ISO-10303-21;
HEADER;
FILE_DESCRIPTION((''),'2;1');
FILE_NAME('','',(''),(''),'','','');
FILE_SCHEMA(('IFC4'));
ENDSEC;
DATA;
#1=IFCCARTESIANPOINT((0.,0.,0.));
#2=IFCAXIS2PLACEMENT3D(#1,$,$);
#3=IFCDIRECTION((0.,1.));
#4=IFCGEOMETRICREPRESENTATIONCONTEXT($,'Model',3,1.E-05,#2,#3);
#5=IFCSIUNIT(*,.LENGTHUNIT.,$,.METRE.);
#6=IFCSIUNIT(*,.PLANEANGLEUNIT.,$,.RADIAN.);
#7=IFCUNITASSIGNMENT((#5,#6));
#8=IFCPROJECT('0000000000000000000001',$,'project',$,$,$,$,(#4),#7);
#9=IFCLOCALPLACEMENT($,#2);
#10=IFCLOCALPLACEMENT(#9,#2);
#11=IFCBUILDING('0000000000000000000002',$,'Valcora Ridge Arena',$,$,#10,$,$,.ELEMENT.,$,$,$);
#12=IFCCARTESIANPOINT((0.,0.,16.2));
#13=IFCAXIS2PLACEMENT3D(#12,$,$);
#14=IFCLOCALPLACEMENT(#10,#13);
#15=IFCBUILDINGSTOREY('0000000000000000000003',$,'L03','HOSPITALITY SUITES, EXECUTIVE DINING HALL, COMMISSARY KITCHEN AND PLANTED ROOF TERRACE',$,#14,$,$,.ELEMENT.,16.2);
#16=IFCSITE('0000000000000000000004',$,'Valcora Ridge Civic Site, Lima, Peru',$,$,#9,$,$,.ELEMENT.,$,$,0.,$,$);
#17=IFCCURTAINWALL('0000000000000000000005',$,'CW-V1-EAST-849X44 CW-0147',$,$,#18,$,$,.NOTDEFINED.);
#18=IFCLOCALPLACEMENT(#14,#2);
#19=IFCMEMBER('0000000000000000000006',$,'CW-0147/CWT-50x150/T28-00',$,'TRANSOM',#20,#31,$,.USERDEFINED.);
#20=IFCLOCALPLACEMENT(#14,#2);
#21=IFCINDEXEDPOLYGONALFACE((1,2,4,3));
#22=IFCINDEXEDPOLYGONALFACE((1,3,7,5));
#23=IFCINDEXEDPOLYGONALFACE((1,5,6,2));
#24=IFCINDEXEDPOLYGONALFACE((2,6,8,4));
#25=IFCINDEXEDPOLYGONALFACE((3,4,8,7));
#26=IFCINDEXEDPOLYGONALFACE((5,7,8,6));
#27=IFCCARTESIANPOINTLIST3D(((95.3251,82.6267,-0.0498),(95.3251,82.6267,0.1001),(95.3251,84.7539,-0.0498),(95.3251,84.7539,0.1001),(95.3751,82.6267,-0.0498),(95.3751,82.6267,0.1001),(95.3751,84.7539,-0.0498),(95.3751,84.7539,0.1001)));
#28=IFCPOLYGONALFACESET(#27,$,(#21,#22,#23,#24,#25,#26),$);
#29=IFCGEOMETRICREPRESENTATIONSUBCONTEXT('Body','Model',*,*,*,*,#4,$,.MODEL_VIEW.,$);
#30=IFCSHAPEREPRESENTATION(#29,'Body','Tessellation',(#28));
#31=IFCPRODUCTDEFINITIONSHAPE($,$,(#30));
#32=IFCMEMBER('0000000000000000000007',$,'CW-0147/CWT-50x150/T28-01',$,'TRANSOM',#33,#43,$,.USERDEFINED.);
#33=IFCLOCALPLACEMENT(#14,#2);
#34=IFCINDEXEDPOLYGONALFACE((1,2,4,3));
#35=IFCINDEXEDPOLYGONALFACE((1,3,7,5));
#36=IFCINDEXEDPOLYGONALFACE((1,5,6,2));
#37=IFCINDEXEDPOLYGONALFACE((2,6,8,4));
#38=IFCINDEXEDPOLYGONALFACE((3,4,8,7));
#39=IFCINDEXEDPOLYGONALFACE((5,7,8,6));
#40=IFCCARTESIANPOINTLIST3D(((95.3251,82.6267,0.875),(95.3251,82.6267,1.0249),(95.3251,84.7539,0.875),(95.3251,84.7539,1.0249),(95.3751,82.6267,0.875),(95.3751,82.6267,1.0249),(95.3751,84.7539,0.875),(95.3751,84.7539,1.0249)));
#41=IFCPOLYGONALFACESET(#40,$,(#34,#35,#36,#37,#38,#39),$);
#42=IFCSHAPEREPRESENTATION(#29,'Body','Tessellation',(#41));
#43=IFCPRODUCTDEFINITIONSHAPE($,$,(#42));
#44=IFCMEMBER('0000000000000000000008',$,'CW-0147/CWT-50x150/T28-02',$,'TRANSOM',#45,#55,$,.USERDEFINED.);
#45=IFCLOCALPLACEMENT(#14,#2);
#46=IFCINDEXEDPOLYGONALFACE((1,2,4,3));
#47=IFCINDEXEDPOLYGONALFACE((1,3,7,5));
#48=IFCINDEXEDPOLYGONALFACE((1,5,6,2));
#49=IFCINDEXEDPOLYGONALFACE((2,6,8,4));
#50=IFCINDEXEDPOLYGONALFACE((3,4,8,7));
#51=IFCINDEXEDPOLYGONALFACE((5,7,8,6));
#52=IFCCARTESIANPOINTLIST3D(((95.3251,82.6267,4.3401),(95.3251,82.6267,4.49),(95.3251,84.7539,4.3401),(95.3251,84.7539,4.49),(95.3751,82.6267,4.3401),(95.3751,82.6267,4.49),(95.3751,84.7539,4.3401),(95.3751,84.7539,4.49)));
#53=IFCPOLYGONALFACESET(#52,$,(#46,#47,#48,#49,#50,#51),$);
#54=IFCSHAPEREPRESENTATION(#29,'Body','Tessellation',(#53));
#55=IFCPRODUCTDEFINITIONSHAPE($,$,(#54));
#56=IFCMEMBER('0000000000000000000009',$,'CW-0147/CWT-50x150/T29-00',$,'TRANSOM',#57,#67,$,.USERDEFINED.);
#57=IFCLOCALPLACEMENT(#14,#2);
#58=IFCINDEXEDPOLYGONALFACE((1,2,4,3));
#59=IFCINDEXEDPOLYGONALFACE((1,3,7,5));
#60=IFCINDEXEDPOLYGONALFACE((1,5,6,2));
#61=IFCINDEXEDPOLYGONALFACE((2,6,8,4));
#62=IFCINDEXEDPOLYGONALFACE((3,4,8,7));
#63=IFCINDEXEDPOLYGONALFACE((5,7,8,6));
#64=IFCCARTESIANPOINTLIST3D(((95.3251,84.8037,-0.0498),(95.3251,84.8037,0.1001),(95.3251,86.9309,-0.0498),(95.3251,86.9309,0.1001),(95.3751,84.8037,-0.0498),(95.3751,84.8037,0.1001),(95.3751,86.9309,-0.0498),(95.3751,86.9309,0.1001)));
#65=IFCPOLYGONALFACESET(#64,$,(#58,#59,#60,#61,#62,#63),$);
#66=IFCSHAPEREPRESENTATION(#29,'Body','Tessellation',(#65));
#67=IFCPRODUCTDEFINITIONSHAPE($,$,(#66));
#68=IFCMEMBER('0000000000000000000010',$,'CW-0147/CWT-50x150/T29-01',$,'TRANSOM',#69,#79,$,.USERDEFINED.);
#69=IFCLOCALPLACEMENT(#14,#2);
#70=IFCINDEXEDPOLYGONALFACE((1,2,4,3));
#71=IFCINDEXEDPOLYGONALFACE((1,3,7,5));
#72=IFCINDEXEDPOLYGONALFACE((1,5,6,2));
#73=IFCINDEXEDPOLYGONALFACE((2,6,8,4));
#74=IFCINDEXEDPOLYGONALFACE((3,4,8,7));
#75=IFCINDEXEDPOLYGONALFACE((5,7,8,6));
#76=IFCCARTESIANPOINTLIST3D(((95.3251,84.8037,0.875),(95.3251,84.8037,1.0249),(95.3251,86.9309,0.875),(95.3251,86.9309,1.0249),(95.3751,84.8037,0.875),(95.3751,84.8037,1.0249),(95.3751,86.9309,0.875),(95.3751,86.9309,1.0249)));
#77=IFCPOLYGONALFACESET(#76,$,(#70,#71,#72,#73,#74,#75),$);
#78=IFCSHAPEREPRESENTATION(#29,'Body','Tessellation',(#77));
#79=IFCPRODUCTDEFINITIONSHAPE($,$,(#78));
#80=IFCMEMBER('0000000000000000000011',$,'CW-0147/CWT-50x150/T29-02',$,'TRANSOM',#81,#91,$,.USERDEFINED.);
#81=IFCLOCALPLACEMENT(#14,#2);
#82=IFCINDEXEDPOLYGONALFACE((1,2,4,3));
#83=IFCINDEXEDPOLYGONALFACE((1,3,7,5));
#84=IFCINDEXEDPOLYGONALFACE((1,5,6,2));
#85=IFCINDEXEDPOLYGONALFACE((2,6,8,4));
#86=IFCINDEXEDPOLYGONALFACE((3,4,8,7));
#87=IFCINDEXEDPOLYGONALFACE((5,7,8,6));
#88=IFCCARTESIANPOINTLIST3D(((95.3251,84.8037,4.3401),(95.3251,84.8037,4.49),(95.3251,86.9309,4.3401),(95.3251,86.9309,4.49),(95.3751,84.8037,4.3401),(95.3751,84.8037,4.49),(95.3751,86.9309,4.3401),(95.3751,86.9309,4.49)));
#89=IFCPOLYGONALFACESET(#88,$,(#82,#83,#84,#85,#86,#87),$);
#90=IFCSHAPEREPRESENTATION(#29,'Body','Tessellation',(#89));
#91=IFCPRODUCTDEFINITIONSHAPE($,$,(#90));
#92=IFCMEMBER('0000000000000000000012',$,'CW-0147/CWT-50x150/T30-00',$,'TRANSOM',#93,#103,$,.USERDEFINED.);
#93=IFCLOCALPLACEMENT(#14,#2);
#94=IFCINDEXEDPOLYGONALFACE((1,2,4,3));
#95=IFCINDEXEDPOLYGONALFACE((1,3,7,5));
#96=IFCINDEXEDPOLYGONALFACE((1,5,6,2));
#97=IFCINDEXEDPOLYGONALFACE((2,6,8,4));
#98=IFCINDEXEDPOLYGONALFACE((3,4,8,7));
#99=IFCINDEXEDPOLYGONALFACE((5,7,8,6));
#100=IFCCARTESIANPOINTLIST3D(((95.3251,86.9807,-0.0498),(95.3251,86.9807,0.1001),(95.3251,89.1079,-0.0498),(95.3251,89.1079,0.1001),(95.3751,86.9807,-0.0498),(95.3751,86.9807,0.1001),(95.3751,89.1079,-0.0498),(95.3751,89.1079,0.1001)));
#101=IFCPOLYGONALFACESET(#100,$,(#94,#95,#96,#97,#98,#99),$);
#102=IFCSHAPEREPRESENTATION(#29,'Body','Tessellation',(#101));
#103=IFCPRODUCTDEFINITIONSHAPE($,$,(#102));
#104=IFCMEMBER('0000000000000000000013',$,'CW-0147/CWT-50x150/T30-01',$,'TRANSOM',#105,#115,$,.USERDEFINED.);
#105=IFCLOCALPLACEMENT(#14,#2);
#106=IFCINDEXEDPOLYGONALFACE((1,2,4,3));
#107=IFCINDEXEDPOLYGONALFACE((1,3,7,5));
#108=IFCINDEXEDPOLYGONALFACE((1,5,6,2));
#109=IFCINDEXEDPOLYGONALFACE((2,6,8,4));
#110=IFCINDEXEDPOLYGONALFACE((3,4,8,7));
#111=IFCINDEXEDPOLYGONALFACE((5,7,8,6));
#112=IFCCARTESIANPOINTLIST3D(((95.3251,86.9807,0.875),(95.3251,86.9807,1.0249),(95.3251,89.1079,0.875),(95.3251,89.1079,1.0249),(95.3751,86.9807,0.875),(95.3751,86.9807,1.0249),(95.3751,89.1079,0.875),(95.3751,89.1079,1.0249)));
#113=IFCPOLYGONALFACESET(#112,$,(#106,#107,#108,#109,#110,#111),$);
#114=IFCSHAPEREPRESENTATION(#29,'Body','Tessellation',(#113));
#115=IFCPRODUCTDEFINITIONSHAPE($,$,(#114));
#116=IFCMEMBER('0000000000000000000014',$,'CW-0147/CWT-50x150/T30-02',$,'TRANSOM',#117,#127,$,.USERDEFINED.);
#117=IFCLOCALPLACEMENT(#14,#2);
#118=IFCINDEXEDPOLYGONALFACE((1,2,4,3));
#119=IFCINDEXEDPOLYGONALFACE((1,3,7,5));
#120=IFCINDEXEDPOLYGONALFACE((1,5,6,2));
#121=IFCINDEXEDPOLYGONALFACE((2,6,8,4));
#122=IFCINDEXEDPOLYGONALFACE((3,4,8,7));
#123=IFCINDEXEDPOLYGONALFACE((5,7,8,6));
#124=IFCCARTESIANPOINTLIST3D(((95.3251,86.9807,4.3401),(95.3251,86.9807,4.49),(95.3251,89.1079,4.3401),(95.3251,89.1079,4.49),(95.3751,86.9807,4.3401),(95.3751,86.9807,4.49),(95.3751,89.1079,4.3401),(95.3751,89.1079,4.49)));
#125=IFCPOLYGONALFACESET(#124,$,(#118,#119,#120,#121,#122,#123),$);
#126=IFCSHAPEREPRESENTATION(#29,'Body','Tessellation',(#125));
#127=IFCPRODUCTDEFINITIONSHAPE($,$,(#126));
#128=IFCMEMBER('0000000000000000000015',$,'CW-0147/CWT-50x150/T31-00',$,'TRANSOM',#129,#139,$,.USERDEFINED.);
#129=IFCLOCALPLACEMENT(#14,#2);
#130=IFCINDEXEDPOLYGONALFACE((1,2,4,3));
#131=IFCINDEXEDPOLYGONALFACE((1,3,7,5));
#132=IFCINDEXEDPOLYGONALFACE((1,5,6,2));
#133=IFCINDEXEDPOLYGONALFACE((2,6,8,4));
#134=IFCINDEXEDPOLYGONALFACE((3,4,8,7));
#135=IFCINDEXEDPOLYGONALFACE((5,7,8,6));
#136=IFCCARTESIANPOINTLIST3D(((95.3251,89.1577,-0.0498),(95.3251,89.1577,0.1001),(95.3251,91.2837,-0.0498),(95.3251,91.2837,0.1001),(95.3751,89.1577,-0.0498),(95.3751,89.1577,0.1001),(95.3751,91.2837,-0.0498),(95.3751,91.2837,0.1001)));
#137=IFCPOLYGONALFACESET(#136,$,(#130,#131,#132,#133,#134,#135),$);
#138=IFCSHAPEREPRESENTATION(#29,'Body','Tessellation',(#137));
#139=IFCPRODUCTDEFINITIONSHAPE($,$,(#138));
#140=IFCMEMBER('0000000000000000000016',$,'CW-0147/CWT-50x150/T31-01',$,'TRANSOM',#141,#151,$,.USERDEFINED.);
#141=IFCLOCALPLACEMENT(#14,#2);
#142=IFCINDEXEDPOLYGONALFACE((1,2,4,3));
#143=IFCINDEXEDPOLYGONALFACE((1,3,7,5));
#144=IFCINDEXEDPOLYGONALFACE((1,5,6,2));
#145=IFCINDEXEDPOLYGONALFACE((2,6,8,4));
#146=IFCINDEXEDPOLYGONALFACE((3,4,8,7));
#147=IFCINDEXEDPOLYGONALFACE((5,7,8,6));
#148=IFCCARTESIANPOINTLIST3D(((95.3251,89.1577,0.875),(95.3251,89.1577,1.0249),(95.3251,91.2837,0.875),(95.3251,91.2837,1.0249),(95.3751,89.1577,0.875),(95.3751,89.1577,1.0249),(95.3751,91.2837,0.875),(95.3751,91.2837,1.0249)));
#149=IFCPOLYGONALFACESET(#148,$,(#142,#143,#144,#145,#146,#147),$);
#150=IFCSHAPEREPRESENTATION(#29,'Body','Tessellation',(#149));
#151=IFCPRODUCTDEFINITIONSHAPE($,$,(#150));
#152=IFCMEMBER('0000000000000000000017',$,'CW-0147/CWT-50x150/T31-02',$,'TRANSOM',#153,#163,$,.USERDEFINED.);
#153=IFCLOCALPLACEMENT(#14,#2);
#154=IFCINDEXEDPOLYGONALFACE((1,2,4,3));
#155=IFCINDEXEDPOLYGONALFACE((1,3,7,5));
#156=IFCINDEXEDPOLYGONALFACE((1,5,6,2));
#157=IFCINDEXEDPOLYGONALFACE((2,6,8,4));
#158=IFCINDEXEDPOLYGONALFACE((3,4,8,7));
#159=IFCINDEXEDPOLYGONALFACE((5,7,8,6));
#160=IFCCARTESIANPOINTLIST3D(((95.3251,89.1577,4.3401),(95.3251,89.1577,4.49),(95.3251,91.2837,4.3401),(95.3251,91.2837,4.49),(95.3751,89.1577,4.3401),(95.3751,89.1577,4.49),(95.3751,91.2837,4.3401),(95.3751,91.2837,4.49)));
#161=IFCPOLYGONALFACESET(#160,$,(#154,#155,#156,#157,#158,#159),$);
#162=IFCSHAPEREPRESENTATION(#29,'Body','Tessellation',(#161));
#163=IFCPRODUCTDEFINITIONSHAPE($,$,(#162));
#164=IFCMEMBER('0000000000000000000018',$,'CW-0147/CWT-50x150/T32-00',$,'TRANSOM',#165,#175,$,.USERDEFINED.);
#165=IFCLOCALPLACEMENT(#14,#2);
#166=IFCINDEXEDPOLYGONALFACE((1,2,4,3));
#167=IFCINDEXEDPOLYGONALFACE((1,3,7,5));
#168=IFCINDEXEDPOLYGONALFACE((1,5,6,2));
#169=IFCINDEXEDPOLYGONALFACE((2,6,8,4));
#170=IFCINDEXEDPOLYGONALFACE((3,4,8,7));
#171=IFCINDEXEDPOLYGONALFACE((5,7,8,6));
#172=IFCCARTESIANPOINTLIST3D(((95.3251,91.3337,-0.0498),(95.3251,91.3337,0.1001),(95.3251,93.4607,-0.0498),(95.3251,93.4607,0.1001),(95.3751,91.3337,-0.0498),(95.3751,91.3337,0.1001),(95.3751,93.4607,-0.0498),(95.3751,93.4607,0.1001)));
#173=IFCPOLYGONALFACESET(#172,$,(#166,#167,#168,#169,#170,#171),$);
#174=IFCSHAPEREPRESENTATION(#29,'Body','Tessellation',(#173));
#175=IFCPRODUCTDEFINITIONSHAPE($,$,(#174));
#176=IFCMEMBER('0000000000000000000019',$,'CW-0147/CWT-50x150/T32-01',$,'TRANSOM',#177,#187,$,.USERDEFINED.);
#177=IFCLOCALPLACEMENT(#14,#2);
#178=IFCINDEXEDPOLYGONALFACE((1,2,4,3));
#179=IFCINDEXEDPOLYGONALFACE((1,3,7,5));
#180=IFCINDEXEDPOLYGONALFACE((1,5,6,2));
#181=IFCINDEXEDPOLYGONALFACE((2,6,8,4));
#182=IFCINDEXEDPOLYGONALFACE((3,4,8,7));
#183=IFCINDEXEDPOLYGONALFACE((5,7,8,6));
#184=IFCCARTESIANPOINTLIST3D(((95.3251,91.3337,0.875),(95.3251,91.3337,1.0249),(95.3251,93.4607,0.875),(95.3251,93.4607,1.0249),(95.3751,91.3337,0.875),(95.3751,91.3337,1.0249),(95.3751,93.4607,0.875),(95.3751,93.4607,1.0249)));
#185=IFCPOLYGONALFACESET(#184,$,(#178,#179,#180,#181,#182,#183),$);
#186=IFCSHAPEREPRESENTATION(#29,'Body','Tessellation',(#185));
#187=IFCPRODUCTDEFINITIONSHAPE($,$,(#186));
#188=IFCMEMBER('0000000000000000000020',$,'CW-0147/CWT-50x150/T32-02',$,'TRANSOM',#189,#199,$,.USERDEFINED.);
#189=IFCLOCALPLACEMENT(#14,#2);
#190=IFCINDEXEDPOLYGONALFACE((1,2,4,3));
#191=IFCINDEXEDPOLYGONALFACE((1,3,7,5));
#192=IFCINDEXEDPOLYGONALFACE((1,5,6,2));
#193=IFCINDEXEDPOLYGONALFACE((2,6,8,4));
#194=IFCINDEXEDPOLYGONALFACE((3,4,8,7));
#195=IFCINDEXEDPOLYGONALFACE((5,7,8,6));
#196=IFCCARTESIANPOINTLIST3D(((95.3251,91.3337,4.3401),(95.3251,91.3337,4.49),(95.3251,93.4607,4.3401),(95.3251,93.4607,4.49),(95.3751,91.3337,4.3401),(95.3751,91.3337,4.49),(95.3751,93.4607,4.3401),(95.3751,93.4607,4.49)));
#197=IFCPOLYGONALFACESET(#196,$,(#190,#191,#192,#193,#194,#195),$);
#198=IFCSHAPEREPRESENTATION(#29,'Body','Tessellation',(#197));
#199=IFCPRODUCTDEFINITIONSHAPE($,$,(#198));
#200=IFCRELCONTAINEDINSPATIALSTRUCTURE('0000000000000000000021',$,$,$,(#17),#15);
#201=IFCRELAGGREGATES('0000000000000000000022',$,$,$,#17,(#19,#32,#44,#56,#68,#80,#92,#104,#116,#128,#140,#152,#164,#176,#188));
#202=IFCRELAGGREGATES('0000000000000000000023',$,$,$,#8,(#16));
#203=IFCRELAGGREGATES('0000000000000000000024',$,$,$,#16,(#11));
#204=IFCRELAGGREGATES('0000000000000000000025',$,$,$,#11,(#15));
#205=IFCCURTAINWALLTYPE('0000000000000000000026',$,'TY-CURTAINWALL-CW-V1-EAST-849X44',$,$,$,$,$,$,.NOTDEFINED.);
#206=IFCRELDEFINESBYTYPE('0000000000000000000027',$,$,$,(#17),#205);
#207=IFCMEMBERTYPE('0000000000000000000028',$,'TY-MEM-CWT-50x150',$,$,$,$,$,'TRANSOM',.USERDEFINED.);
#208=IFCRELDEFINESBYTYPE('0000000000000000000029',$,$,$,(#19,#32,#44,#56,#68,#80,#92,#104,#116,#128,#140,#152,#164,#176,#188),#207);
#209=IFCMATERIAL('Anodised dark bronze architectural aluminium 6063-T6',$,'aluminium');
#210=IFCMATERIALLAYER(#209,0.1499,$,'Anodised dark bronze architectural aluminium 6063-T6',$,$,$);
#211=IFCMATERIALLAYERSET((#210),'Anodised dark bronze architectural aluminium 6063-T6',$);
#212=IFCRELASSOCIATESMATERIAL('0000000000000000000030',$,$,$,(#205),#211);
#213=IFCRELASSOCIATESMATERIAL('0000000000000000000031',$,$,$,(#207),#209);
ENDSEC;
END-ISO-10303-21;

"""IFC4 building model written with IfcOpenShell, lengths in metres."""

from ifc_helpers import new_model, si_unit, direction, frame, origin, origin_2d, place, context, subcontext, project, spatial, rectangle, extrude, material, layer, layer_set, material_profile, profile_set, type_object, element, aggregate, save


model = new_model("IFC4")

# Units and contexts
model_context = context("Model", 3, precision=1e-05, world=origin(), true_north=direction((0.0, 1.0)))
body_context = subcontext(model_context, "Body", "Model", "MODEL_VIEW")
ifc_project = project(units=[si_unit("LENGTHUNIT", "METRE"), si_unit("PLANEANGLEUNIT", "RADIAN")], contexts=[model_context])

# Site, building, storey
site_placement = place(None, origin())
site = spatial("IfcSite", under=ifc_project, at=site_placement, Name="Valcora Ridge Civic Site, Lima, Peru", CompositionType="ELEMENT", RefElevation=0.0)
building_placement = place(site_placement, origin())
building = spatial("IfcBuilding", under=site, at=building_placement, Name="Valcora Ridge Arena", CompositionType="ELEMENT")
storey_placement = place(building_placement, frame((0.0, 0.0, 16.2)))
storey = spatial("IfcBuildingStorey", under=building, at=storey_placement, Name="L03", Description="HOSPITALITY SUITES, EXECUTIVE DINING HALL, COMMISSARY KITCHEN AND PLANTED ROOF TERRACE", CompositionType="ELEMENT", Elevation=16.2)

# Curtain wall, members
ifc_material_1 = material(Name="Anodised dark bronze architectural aluminium 6063-T6", Category="aluminium")
ifc_layer_1 = layer(ifc_material_1, 0.1499, Name="Anodised dark bronze architectural aluminium 6063-T6")
ifc_layer_set_1 = layer_set([ifc_layer_1], Name="Anodised dark bronze architectural aluminium 6063-T6")
curtain_wall_type = type_object("IfcCurtainWallType", Name="TY-CURTAINWALL-CW-V1-EAST-849X44", PredefinedType="NOTDEFINED", material=ifc_layer_set_1)
curtain_wall_placement = place(storey_placement, origin())
curtain_wall = element("IfcCurtainWall", 1, at=curtain_wall_placement, inside=storey, type_object=curtain_wall_type, Name="CW-V1-EAST-849X44 CW-0147", PredefinedType="NOTDEFINED")
ifc_material_profile_1 = material_profile(ifc_material_1, rectangle(XDim=0.05, YDim=0.1499, at=origin_2d()), Name="ALU TRANSOM 50x150")
ifc_profile_set_1 = profile_set([ifc_material_profile_1], Name="Anodised dark bronze architectural aluminium 6063-T6")
member_type_1 = type_object("IfcMemberType", Name="TY-MEM-CWT-50x150", ElementType="TRANSOM", PredefinedType="USERDEFINED", material=ifc_profile_set_1)
member_1_placement = place(storey_placement, frame((95.3501, 82.6267, 0.0251), z_axis=(0.0, 1.0, 0.0), x_axis=(-1.0, 0.0, 0.0)))
member_1 = element("IfcMember", 2, at=member_1_placement, type_object=member_type_1, Name="CW-0147/CWT-50x150/T28-00", ObjectType="TRANSOM", PredefinedType="USERDEFINED", context=body_context, shape_type="SweptSolid", body=[
    extrude(rectangle(XDim=0.05, YDim=0.1499, at=origin_2d()), origin(), (0.0, 0.0, 1.0), 2.1272),
])
member_2_placement = place(storey_placement, frame((95.3501, 82.6267, 0.95), z_axis=(0.0, 1.0, 0.0), x_axis=(-1.0, 0.0, 0.0)))
member_2 = element("IfcMember", 3, at=member_2_placement, type_object=member_type_1, Name="CW-0147/CWT-50x150/T28-01", ObjectType="TRANSOM", PredefinedType="USERDEFINED", context=body_context, shape_type="SweptSolid", body=[
    extrude(rectangle(XDim=0.05, YDim=0.1499, at=origin_2d()), origin(), (0.0, 0.0, 1.0), 2.1272),
])
member_3_placement = place(storey_placement, frame((95.3501, 82.6267, 4.415), z_axis=(0.0, 1.0, 0.0), x_axis=(-1.0, 0.0, 0.0)))
member_3 = element("IfcMember", 4, at=member_3_placement, type_object=member_type_1, Name="CW-0147/CWT-50x150/T28-02", ObjectType="TRANSOM", PredefinedType="USERDEFINED", context=body_context, shape_type="SweptSolid", body=[
    extrude(rectangle(XDim=0.05, YDim=0.1499, at=origin_2d()), origin(), (0.0, 0.0, 1.0), 2.1272),
])
member_4_placement = place(storey_placement, frame((95.3501, 84.8037, 0.0251), z_axis=(0.0, 1.0, 0.0), x_axis=(-1.0, 0.0, 0.0)))
member_4 = element("IfcMember", 5, at=member_4_placement, type_object=member_type_1, Name="CW-0147/CWT-50x150/T29-00", ObjectType="TRANSOM", PredefinedType="USERDEFINED", context=body_context, shape_type="SweptSolid", body=[
    extrude(rectangle(XDim=0.05, YDim=0.1499, at=origin_2d()), origin(), (0.0, 0.0, 1.0), 2.1272),
])
member_5_placement = place(storey_placement, frame((95.3501, 84.8037, 0.95), z_axis=(0.0, 1.0, 0.0), x_axis=(-1.0, 0.0, 0.0)))
member_5 = element("IfcMember", 6, at=member_5_placement, type_object=member_type_1, Name="CW-0147/CWT-50x150/T29-01", ObjectType="TRANSOM", PredefinedType="USERDEFINED", context=body_context, shape_type="SweptSolid", body=[
    extrude(rectangle(XDim=0.05, YDim=0.1499, at=origin_2d()), origin(), (0.0, 0.0, 1.0), 2.1272),
])
member_6_placement = place(storey_placement, frame((95.3501, 84.8037, 4.415), z_axis=(0.0, 1.0, 0.0), x_axis=(-1.0, 0.0, 0.0)))
member_6 = element("IfcMember", 7, at=member_6_placement, type_object=member_type_1, Name="CW-0147/CWT-50x150/T29-02", ObjectType="TRANSOM", PredefinedType="USERDEFINED", context=body_context, shape_type="SweptSolid", body=[
    extrude(rectangle(XDim=0.05, YDim=0.1499, at=origin_2d()), origin(), (0.0, 0.0, 1.0), 2.1272),
])
member_7_placement = place(storey_placement, frame((95.3501, 86.9807, 0.0251), z_axis=(0.0, 1.0, 0.0), x_axis=(-1.0, 0.0, 0.0)))
member_7 = element("IfcMember", 8, at=member_7_placement, type_object=member_type_1, Name="CW-0147/CWT-50x150/T30-00", ObjectType="TRANSOM", PredefinedType="USERDEFINED", context=body_context, shape_type="SweptSolid", body=[
    extrude(rectangle(XDim=0.05, YDim=0.1499, at=origin_2d()), origin(), (0.0, 0.0, 1.0), 2.1272),
])
member_8_placement = place(storey_placement, frame((95.3501, 86.9807, 0.95), z_axis=(0.0, 1.0, 0.0), x_axis=(-1.0, 0.0, 0.0)))
member_8 = element("IfcMember", 9, at=member_8_placement, type_object=member_type_1, Name="CW-0147/CWT-50x150/T30-01", ObjectType="TRANSOM", PredefinedType="USERDEFINED", context=body_context, shape_type="SweptSolid", body=[
    extrude(rectangle(XDim=0.05, YDim=0.1499, at=origin_2d()), origin(), (0.0, 0.0, 1.0), 2.1272),
])
member_9_placement = place(storey_placement, frame((95.3501, 86.9807, 4.415), z_axis=(0.0, 1.0, 0.0), x_axis=(-1.0, 0.0, 0.0)))
member_9 = element("IfcMember", 10, at=member_9_placement, type_object=member_type_1, Name="CW-0147/CWT-50x150/T30-02", ObjectType="TRANSOM", PredefinedType="USERDEFINED", context=body_context, shape_type="SweptSolid", body=[
    extrude(rectangle(XDim=0.05, YDim=0.1499, at=origin_2d()), origin(), (0.0, 0.0, 1.0), 2.1272),
])
member_10_placement = place(storey_placement, frame((95.3501, 89.1577, 0.0251), z_axis=(0.0, 1.0, 0.0), x_axis=(-1.0, 0.0, 0.0)))
member_10 = element("IfcMember", 11, at=member_10_placement, type_object=member_type_1, Name="CW-0147/CWT-50x150/T31-00", ObjectType="TRANSOM", PredefinedType="USERDEFINED", context=body_context, shape_type="SweptSolid", body=[
    extrude(rectangle(XDim=0.05, YDim=0.1499, at=origin_2d()), origin(), (0.0, 0.0, 1.0), 2.126),
])
member_11_placement = place(storey_placement, frame((95.3501, 89.1577, 0.95), z_axis=(0.0, 1.0, 0.0), x_axis=(-1.0, 0.0, 0.0)))
member_11 = element("IfcMember", 12, at=member_11_placement, type_object=member_type_1, Name="CW-0147/CWT-50x150/T31-01", ObjectType="TRANSOM", PredefinedType="USERDEFINED", context=body_context, shape_type="SweptSolid", body=[
    extrude(rectangle(XDim=0.05, YDim=0.1499, at=origin_2d()), origin(), (0.0, 0.0, 1.0), 2.126),
])
member_12_placement = place(storey_placement, frame((95.3501, 89.1577, 4.415), z_axis=(0.0, 1.0, 0.0), x_axis=(-1.0, 0.0, 0.0)))
member_12 = element("IfcMember", 13, at=member_12_placement, type_object=member_type_1, Name="CW-0147/CWT-50x150/T31-02", ObjectType="TRANSOM", PredefinedType="USERDEFINED", context=body_context, shape_type="SweptSolid", body=[
    extrude(rectangle(XDim=0.05, YDim=0.1499, at=origin_2d()), origin(), (0.0, 0.0, 1.0), 2.126),
])
member_13_placement = place(storey_placement, frame((95.3501, 91.3337, 0.0251), z_axis=(0.0, 1.0, 0.0), x_axis=(-1.0, 0.0, 0.0)))
member_13 = element("IfcMember", 14, at=member_13_placement, type_object=member_type_1, Name="CW-0147/CWT-50x150/T32-00", ObjectType="TRANSOM", PredefinedType="USERDEFINED", context=body_context, shape_type="SweptSolid", body=[
    extrude(rectangle(XDim=0.05, YDim=0.1499, at=origin_2d()), origin(), (0.0, 0.0, 1.0), 2.127),
])
member_14_placement = place(storey_placement, frame((95.3501, 91.3337, 0.95), z_axis=(0.0, 1.0, 0.0), x_axis=(-1.0, 0.0, 0.0)))
member_14 = element("IfcMember", 15, at=member_14_placement, type_object=member_type_1, Name="CW-0147/CWT-50x150/T32-01", ObjectType="TRANSOM", PredefinedType="USERDEFINED", context=body_context, shape_type="SweptSolid", body=[
    extrude(rectangle(XDim=0.05, YDim=0.1499, at=origin_2d()), origin(), (0.0, 0.0, 1.0), 2.127),
])
member_15_placement = place(storey_placement, frame((95.3501, 91.3337, 4.415), z_axis=(0.0, 1.0, 0.0), x_axis=(-1.0, 0.0, 0.0)))
member_15 = element("IfcMember", 16, at=member_15_placement, type_object=member_type_1, Name="CW-0147/CWT-50x150/T32-02", ObjectType="TRANSOM", PredefinedType="USERDEFINED", context=body_context, shape_type="SweptSolid", body=[
    extrude(rectangle(XDim=0.05, YDim=0.1499, at=origin_2d()), origin(), (0.0, 0.0, 1.0), 2.127),
])

aggregate(curtain_wall, [member_1, member_2, member_3, member_4, member_5, member_6, member_7, member_8, member_9, member_10, member_11, member_12, member_13, member_14, member_15])

save(model, "model.ifc")
